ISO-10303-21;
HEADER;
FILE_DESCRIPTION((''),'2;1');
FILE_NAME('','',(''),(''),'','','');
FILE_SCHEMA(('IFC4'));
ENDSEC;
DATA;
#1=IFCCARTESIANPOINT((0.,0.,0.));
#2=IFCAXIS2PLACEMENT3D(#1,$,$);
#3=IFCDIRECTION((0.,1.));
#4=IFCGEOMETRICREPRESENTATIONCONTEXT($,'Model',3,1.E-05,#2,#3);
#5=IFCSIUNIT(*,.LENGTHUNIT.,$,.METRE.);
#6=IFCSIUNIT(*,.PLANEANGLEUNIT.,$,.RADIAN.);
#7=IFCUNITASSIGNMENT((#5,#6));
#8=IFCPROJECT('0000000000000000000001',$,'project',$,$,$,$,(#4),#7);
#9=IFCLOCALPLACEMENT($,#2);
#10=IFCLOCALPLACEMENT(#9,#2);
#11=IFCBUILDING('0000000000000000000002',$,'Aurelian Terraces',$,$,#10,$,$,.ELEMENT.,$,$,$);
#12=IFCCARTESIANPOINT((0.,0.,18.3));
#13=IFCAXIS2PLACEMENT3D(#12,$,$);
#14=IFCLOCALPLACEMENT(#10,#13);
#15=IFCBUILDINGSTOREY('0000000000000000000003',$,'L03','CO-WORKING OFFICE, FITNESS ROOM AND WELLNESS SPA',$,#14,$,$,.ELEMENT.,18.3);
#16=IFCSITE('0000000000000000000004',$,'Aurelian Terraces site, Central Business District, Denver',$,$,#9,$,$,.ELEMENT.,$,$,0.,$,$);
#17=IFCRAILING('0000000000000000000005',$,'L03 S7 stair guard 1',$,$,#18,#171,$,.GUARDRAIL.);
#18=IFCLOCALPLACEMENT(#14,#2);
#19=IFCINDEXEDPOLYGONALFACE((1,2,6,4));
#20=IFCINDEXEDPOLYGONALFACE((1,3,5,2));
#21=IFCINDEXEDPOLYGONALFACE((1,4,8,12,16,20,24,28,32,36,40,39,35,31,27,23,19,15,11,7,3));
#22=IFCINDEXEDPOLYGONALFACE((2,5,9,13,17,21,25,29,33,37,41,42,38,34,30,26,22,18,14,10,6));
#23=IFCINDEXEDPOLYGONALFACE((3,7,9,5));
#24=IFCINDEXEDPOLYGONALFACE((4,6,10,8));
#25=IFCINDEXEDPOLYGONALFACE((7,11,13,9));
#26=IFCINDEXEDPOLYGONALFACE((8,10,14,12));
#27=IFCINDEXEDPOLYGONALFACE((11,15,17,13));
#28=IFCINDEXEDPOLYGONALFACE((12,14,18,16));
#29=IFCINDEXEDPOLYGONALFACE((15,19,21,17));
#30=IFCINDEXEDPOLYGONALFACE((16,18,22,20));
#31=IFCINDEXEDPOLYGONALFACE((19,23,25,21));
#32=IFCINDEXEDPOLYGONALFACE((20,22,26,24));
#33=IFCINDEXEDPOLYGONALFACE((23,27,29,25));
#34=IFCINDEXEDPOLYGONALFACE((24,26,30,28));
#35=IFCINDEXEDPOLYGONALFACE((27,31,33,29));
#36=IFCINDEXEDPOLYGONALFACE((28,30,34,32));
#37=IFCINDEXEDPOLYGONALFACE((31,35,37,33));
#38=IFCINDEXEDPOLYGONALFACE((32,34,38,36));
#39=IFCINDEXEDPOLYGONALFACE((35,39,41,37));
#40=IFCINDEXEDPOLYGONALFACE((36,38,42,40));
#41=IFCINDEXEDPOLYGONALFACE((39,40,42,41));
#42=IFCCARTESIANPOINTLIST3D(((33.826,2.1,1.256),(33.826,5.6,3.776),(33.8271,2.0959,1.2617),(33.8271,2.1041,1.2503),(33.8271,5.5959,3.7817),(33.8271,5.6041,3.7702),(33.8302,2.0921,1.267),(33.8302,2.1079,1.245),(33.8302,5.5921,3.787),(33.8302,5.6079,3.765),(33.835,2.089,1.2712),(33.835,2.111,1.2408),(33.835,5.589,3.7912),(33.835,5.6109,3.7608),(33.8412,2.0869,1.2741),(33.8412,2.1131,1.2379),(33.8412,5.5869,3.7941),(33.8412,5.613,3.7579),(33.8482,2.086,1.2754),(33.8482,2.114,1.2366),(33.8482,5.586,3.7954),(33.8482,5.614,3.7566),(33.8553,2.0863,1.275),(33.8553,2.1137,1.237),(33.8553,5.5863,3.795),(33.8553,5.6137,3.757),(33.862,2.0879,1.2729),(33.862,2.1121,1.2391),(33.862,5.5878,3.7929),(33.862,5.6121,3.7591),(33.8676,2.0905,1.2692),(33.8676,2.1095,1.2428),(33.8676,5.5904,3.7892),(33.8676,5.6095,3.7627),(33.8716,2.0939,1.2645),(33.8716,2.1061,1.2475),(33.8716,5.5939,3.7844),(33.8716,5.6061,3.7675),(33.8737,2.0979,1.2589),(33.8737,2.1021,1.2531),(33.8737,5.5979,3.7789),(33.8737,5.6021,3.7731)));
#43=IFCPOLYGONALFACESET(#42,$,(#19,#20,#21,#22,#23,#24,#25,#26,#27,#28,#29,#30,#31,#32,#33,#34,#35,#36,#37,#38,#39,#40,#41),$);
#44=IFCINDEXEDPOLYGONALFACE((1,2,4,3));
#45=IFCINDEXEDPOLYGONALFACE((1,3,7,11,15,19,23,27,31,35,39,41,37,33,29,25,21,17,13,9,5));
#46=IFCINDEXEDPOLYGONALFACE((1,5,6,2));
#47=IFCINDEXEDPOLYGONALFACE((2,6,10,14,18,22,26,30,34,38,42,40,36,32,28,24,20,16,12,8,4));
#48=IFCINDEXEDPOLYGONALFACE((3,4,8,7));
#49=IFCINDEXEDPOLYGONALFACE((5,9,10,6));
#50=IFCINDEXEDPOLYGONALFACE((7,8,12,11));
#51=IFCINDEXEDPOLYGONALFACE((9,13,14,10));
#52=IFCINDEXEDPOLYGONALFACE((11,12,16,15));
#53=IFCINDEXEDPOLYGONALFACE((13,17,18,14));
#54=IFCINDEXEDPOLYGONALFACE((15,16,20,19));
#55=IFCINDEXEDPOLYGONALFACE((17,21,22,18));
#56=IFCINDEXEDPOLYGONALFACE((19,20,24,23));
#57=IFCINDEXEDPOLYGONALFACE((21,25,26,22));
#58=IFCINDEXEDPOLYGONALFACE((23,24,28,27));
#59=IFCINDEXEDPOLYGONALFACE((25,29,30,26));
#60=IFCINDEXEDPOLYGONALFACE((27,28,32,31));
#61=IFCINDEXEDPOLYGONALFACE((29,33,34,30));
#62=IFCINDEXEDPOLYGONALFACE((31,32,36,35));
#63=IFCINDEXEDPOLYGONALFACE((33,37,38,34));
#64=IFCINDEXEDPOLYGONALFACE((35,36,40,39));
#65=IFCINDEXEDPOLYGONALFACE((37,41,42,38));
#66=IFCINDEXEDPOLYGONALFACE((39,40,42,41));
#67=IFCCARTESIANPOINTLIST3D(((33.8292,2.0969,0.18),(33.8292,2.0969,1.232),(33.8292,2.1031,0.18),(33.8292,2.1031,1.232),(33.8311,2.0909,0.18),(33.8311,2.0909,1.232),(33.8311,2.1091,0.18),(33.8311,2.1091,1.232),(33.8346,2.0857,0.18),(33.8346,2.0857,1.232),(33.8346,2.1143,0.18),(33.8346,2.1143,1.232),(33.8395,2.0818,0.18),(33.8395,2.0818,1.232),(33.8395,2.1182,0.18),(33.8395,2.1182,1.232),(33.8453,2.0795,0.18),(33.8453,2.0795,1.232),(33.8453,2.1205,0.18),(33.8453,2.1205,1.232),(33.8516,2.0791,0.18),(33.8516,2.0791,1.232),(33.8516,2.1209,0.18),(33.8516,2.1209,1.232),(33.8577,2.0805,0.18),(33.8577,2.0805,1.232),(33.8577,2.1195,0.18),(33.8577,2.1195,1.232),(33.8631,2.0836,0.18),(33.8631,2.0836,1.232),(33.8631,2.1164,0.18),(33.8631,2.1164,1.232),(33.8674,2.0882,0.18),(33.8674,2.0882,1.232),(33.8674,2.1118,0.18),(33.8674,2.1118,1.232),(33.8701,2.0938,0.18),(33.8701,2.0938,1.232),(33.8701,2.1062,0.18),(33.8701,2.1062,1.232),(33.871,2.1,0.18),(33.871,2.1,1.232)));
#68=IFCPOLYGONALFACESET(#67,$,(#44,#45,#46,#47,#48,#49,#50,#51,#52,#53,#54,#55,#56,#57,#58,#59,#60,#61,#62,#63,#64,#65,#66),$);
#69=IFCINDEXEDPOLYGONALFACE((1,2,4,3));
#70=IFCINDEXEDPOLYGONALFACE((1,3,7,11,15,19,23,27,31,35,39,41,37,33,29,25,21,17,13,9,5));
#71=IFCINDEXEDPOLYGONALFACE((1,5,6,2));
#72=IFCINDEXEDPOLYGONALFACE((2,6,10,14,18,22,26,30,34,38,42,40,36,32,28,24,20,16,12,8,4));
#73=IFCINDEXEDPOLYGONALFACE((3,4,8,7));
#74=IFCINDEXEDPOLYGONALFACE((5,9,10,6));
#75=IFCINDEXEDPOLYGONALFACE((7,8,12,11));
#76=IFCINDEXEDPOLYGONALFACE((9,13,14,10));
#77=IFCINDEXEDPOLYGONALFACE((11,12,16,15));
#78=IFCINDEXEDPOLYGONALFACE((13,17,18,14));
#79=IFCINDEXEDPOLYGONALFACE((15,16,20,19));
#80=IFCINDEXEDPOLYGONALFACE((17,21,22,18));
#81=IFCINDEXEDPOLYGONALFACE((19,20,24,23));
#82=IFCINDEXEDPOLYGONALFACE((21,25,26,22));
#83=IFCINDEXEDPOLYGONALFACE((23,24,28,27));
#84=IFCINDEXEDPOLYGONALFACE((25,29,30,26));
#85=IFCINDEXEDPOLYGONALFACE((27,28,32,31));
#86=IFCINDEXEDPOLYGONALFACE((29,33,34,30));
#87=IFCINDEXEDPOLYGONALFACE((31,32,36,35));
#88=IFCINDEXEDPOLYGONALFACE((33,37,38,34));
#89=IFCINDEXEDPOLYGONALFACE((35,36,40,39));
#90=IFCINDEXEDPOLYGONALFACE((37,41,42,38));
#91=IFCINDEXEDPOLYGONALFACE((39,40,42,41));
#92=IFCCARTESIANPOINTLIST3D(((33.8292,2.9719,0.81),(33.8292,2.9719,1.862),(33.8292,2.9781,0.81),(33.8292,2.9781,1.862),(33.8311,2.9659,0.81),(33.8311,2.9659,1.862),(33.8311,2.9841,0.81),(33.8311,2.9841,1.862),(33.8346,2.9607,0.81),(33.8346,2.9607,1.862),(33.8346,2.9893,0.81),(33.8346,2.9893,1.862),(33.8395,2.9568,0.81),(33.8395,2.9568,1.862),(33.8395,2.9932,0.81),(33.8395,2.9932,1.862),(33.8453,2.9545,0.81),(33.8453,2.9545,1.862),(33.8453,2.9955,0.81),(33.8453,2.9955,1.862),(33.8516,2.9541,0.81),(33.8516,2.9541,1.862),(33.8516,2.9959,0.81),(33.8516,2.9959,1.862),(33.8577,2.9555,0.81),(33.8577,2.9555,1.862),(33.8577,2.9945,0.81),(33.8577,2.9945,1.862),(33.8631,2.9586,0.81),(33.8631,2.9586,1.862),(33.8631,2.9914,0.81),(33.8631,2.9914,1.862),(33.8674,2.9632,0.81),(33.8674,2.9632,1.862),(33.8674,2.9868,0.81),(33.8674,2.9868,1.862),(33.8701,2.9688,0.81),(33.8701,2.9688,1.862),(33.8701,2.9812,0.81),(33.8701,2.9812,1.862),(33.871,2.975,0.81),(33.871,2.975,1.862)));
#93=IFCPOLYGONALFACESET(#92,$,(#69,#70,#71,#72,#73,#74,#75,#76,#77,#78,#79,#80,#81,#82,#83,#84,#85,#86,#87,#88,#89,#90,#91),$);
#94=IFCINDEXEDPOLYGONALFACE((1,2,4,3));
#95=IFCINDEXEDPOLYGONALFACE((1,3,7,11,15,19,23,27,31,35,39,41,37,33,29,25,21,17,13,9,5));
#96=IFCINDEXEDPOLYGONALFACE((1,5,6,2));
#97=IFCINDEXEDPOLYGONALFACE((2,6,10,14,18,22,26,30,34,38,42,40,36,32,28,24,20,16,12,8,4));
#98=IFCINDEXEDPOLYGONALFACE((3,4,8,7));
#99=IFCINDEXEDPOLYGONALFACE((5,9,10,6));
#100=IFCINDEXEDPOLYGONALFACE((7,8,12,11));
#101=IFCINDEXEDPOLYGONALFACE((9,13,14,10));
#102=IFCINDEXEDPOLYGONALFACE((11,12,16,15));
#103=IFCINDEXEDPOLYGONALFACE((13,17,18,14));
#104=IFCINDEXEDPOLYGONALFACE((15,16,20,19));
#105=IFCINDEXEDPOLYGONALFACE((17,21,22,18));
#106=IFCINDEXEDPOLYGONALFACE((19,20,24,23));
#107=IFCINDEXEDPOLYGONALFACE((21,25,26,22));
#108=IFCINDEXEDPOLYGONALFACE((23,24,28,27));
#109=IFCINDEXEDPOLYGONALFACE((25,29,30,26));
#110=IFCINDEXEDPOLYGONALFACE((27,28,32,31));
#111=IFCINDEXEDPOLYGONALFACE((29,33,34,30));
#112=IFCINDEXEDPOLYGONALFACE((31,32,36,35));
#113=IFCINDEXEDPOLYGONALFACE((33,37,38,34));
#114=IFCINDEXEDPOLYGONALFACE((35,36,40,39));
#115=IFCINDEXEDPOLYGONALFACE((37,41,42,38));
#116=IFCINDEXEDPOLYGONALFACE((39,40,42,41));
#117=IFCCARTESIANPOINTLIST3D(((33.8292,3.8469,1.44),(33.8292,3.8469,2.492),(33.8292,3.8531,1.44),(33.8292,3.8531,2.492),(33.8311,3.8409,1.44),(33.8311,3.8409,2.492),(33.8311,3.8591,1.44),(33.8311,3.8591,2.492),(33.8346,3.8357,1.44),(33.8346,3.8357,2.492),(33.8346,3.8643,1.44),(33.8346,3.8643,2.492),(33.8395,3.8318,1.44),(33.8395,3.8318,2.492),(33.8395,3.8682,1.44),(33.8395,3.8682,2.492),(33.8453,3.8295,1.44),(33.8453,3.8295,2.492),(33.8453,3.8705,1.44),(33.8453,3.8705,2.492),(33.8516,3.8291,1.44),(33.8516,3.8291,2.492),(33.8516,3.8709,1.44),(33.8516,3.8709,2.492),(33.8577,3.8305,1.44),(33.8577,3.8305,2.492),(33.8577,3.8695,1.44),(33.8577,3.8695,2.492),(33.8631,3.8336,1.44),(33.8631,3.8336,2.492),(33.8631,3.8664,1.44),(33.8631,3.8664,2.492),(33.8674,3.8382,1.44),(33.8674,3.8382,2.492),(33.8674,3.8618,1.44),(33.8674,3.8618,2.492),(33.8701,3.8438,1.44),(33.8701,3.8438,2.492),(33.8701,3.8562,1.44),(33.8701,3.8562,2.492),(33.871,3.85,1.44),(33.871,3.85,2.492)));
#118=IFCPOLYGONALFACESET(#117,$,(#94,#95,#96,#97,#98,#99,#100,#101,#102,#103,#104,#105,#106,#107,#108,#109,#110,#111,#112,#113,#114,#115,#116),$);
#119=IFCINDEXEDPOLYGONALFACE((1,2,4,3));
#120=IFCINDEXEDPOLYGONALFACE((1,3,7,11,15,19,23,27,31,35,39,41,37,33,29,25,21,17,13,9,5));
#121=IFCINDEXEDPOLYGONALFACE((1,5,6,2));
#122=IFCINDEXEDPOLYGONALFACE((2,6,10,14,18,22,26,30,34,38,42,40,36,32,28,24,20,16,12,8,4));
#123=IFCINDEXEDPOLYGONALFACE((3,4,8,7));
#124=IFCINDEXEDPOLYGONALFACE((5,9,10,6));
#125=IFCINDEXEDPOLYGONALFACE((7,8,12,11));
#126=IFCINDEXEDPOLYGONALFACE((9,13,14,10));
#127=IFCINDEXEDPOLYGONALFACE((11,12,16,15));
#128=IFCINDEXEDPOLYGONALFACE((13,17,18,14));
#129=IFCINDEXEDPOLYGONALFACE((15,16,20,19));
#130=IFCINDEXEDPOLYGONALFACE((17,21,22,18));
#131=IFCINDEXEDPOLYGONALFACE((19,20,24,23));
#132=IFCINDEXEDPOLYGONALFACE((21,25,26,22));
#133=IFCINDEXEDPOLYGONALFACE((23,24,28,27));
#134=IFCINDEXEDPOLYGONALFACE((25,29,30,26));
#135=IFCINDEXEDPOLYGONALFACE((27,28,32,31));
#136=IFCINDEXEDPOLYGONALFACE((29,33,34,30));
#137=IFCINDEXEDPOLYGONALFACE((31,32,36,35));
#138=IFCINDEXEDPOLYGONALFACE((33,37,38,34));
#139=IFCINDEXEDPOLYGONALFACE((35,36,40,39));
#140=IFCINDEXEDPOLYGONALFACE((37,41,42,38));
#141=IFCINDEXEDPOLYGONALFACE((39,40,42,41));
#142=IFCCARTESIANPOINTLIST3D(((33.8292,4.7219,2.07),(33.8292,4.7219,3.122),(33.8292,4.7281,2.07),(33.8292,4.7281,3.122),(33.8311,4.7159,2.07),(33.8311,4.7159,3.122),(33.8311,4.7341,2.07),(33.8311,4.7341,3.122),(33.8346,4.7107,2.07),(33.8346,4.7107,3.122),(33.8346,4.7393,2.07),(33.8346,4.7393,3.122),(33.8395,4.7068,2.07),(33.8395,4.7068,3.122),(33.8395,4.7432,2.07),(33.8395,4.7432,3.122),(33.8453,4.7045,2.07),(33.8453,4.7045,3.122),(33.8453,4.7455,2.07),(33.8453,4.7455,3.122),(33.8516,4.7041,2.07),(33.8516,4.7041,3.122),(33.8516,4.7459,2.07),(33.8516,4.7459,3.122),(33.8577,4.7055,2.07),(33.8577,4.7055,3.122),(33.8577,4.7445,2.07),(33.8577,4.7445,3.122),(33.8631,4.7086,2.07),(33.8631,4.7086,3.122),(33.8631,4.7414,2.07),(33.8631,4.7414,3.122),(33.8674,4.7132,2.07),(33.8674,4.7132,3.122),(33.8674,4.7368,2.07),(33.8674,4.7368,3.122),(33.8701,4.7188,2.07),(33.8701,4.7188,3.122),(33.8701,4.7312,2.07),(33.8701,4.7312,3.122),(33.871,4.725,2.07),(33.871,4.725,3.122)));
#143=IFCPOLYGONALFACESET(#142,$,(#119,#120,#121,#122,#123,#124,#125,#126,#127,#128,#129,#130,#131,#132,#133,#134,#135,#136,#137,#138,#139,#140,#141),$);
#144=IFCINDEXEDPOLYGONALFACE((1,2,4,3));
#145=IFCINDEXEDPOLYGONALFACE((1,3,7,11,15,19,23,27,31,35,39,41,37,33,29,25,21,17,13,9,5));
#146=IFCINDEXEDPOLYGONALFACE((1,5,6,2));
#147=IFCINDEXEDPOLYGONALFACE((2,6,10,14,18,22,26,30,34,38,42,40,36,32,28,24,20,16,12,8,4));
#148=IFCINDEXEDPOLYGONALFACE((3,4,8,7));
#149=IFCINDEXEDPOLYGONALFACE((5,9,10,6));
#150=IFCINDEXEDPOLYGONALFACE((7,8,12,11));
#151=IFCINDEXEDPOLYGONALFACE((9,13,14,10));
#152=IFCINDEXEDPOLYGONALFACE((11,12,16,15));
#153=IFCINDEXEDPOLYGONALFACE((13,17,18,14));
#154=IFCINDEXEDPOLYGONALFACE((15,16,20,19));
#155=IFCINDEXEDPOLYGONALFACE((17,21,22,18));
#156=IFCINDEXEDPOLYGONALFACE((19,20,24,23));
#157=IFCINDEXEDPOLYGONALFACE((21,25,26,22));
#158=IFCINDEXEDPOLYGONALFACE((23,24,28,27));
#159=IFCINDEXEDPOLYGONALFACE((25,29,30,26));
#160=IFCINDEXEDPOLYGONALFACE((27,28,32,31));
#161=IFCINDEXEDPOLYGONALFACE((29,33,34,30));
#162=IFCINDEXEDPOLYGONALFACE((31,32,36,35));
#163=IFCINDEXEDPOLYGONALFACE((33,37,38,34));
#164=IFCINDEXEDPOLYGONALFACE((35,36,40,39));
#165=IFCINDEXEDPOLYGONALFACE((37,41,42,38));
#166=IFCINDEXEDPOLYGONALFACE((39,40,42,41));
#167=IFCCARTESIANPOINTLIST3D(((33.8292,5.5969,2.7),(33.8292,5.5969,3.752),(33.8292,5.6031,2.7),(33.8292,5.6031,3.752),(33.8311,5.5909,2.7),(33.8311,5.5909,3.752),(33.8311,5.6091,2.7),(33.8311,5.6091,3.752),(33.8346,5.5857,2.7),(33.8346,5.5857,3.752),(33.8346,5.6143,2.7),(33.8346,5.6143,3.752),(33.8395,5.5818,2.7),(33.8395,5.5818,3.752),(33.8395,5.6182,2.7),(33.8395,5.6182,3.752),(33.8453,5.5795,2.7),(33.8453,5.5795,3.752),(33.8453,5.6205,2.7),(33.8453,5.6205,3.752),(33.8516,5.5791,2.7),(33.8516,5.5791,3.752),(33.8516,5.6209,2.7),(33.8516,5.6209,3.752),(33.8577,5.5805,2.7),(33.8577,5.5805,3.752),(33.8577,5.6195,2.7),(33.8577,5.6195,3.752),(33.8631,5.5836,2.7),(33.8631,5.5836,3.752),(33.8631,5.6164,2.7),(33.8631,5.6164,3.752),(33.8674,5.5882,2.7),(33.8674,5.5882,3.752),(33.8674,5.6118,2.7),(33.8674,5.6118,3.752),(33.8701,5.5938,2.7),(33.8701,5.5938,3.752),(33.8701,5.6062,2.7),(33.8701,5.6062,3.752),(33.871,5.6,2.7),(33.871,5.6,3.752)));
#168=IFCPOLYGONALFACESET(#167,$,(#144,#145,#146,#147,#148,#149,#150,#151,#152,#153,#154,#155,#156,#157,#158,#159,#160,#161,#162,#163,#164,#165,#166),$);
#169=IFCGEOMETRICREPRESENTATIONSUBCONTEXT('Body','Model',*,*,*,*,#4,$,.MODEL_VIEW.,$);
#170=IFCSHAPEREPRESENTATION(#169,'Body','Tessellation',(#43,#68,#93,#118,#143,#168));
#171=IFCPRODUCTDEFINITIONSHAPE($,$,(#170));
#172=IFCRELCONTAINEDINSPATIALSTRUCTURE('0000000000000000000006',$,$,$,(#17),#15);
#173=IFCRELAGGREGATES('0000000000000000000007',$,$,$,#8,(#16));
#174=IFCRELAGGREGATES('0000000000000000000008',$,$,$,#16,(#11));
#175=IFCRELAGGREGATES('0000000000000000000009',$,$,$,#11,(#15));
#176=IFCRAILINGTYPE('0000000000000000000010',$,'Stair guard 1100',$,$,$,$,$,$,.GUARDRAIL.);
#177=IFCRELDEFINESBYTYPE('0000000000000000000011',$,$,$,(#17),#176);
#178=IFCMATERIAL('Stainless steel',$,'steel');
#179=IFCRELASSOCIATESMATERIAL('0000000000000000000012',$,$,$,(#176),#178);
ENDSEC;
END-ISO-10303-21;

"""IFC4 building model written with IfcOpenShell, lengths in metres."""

from ifc_helpers import new_model, si_unit, direction, frame, origin, origin_2d, place, context, subcontext, project, spatial, circle, extrude, source, transform, mapped, material, type_object, element, save


model = new_model("IFC4")

# Units and contexts
model_context = context("Model", 3, precision=1e-05, world=origin(), true_north=direction((0.0, 1.0)))
body_context = subcontext(model_context, "Body", "Model", "MODEL_VIEW")
ifc_project = project(units=[si_unit("LENGTHUNIT", "METRE"), si_unit("PLANEANGLEUNIT", "RADIAN")], contexts=[model_context])

# Site, building, storey
site_placement = place(None, origin())
site = spatial("IfcSite", under=ifc_project, at=site_placement, Name="Aurelian Terraces site, Central Business District, Denver", CompositionType="ELEMENT", RefElevation=0.0)
building_placement = place(site_placement, origin())
building = spatial("IfcBuilding", under=site, at=building_placement, Name="Aurelian Terraces", CompositionType="ELEMENT")
storey_placement = place(building_placement, frame((0.0, 0.0, 18.3)))
storey = spatial("IfcBuildingStorey", under=building, at=storey_placement, Name="L03", Description="CO-WORKING OFFICE, FITNESS ROOM AND WELLNESS SPA", CompositionType="ELEMENT", Elevation=18.3)

# Railing
ifc_material_1 = material(Name="Stainless steel", Category="steel")
railing_type_1 = type_object("IfcRailingType", Name="Stair guard 1100", PredefinedType="GUARDRAIL", material=ifc_material_1)
shared_shape_1 = source(origin(), body_context, "Body", "SweptSolid", [
    extrude(circle(Radius=0.024, at=origin_2d()), frame((0.0, 0.0, 1.076), z_axis=(0.0, 0.811534, 0.584305), x_axis=(-1.0, 0.0, 0.0)), (0.0, 0.0, 1.0), 4.3128),
    extrude(circle(Radius=0.021, at=origin_2d()), origin(), (0.0, 0.0, 1.0), 1.052),
    extrude(circle(Radius=0.021, at=origin_2d()), frame((0.0, 0.875, 0.63)), (0.0, 0.0, 1.0), 1.052),
    extrude(circle(Radius=0.021, at=origin_2d()), frame((0.0, 1.75, 1.26)), (0.0, 0.0, 1.0), 1.052),
    extrude(circle(Radius=0.021, at=origin_2d()), frame((0.0, 2.625, 1.89)), (0.0, 0.0, 1.0), 1.052),
    extrude(circle(Radius=0.021, at=origin_2d()), frame((0.0, 3.5, 2.52)), (0.0, 0.0, 1.0), 1.052),
])
railing_1_placement = place(storey_placement, frame((33.85, 2.1, 0.18)))
element("IfcRailing", 1, at=railing_1_placement, inside=storey, type_object=railing_type_1, Name="L03 S7 stair guard 1", PredefinedType="GUARDRAIL", context=body_context, shape_type="MappedRepresentation", body=[
    mapped(shared_shape_1, transform((0.0, 0.0, 0.0), scale=1.0)),
])

save(model, "model.ifc")
